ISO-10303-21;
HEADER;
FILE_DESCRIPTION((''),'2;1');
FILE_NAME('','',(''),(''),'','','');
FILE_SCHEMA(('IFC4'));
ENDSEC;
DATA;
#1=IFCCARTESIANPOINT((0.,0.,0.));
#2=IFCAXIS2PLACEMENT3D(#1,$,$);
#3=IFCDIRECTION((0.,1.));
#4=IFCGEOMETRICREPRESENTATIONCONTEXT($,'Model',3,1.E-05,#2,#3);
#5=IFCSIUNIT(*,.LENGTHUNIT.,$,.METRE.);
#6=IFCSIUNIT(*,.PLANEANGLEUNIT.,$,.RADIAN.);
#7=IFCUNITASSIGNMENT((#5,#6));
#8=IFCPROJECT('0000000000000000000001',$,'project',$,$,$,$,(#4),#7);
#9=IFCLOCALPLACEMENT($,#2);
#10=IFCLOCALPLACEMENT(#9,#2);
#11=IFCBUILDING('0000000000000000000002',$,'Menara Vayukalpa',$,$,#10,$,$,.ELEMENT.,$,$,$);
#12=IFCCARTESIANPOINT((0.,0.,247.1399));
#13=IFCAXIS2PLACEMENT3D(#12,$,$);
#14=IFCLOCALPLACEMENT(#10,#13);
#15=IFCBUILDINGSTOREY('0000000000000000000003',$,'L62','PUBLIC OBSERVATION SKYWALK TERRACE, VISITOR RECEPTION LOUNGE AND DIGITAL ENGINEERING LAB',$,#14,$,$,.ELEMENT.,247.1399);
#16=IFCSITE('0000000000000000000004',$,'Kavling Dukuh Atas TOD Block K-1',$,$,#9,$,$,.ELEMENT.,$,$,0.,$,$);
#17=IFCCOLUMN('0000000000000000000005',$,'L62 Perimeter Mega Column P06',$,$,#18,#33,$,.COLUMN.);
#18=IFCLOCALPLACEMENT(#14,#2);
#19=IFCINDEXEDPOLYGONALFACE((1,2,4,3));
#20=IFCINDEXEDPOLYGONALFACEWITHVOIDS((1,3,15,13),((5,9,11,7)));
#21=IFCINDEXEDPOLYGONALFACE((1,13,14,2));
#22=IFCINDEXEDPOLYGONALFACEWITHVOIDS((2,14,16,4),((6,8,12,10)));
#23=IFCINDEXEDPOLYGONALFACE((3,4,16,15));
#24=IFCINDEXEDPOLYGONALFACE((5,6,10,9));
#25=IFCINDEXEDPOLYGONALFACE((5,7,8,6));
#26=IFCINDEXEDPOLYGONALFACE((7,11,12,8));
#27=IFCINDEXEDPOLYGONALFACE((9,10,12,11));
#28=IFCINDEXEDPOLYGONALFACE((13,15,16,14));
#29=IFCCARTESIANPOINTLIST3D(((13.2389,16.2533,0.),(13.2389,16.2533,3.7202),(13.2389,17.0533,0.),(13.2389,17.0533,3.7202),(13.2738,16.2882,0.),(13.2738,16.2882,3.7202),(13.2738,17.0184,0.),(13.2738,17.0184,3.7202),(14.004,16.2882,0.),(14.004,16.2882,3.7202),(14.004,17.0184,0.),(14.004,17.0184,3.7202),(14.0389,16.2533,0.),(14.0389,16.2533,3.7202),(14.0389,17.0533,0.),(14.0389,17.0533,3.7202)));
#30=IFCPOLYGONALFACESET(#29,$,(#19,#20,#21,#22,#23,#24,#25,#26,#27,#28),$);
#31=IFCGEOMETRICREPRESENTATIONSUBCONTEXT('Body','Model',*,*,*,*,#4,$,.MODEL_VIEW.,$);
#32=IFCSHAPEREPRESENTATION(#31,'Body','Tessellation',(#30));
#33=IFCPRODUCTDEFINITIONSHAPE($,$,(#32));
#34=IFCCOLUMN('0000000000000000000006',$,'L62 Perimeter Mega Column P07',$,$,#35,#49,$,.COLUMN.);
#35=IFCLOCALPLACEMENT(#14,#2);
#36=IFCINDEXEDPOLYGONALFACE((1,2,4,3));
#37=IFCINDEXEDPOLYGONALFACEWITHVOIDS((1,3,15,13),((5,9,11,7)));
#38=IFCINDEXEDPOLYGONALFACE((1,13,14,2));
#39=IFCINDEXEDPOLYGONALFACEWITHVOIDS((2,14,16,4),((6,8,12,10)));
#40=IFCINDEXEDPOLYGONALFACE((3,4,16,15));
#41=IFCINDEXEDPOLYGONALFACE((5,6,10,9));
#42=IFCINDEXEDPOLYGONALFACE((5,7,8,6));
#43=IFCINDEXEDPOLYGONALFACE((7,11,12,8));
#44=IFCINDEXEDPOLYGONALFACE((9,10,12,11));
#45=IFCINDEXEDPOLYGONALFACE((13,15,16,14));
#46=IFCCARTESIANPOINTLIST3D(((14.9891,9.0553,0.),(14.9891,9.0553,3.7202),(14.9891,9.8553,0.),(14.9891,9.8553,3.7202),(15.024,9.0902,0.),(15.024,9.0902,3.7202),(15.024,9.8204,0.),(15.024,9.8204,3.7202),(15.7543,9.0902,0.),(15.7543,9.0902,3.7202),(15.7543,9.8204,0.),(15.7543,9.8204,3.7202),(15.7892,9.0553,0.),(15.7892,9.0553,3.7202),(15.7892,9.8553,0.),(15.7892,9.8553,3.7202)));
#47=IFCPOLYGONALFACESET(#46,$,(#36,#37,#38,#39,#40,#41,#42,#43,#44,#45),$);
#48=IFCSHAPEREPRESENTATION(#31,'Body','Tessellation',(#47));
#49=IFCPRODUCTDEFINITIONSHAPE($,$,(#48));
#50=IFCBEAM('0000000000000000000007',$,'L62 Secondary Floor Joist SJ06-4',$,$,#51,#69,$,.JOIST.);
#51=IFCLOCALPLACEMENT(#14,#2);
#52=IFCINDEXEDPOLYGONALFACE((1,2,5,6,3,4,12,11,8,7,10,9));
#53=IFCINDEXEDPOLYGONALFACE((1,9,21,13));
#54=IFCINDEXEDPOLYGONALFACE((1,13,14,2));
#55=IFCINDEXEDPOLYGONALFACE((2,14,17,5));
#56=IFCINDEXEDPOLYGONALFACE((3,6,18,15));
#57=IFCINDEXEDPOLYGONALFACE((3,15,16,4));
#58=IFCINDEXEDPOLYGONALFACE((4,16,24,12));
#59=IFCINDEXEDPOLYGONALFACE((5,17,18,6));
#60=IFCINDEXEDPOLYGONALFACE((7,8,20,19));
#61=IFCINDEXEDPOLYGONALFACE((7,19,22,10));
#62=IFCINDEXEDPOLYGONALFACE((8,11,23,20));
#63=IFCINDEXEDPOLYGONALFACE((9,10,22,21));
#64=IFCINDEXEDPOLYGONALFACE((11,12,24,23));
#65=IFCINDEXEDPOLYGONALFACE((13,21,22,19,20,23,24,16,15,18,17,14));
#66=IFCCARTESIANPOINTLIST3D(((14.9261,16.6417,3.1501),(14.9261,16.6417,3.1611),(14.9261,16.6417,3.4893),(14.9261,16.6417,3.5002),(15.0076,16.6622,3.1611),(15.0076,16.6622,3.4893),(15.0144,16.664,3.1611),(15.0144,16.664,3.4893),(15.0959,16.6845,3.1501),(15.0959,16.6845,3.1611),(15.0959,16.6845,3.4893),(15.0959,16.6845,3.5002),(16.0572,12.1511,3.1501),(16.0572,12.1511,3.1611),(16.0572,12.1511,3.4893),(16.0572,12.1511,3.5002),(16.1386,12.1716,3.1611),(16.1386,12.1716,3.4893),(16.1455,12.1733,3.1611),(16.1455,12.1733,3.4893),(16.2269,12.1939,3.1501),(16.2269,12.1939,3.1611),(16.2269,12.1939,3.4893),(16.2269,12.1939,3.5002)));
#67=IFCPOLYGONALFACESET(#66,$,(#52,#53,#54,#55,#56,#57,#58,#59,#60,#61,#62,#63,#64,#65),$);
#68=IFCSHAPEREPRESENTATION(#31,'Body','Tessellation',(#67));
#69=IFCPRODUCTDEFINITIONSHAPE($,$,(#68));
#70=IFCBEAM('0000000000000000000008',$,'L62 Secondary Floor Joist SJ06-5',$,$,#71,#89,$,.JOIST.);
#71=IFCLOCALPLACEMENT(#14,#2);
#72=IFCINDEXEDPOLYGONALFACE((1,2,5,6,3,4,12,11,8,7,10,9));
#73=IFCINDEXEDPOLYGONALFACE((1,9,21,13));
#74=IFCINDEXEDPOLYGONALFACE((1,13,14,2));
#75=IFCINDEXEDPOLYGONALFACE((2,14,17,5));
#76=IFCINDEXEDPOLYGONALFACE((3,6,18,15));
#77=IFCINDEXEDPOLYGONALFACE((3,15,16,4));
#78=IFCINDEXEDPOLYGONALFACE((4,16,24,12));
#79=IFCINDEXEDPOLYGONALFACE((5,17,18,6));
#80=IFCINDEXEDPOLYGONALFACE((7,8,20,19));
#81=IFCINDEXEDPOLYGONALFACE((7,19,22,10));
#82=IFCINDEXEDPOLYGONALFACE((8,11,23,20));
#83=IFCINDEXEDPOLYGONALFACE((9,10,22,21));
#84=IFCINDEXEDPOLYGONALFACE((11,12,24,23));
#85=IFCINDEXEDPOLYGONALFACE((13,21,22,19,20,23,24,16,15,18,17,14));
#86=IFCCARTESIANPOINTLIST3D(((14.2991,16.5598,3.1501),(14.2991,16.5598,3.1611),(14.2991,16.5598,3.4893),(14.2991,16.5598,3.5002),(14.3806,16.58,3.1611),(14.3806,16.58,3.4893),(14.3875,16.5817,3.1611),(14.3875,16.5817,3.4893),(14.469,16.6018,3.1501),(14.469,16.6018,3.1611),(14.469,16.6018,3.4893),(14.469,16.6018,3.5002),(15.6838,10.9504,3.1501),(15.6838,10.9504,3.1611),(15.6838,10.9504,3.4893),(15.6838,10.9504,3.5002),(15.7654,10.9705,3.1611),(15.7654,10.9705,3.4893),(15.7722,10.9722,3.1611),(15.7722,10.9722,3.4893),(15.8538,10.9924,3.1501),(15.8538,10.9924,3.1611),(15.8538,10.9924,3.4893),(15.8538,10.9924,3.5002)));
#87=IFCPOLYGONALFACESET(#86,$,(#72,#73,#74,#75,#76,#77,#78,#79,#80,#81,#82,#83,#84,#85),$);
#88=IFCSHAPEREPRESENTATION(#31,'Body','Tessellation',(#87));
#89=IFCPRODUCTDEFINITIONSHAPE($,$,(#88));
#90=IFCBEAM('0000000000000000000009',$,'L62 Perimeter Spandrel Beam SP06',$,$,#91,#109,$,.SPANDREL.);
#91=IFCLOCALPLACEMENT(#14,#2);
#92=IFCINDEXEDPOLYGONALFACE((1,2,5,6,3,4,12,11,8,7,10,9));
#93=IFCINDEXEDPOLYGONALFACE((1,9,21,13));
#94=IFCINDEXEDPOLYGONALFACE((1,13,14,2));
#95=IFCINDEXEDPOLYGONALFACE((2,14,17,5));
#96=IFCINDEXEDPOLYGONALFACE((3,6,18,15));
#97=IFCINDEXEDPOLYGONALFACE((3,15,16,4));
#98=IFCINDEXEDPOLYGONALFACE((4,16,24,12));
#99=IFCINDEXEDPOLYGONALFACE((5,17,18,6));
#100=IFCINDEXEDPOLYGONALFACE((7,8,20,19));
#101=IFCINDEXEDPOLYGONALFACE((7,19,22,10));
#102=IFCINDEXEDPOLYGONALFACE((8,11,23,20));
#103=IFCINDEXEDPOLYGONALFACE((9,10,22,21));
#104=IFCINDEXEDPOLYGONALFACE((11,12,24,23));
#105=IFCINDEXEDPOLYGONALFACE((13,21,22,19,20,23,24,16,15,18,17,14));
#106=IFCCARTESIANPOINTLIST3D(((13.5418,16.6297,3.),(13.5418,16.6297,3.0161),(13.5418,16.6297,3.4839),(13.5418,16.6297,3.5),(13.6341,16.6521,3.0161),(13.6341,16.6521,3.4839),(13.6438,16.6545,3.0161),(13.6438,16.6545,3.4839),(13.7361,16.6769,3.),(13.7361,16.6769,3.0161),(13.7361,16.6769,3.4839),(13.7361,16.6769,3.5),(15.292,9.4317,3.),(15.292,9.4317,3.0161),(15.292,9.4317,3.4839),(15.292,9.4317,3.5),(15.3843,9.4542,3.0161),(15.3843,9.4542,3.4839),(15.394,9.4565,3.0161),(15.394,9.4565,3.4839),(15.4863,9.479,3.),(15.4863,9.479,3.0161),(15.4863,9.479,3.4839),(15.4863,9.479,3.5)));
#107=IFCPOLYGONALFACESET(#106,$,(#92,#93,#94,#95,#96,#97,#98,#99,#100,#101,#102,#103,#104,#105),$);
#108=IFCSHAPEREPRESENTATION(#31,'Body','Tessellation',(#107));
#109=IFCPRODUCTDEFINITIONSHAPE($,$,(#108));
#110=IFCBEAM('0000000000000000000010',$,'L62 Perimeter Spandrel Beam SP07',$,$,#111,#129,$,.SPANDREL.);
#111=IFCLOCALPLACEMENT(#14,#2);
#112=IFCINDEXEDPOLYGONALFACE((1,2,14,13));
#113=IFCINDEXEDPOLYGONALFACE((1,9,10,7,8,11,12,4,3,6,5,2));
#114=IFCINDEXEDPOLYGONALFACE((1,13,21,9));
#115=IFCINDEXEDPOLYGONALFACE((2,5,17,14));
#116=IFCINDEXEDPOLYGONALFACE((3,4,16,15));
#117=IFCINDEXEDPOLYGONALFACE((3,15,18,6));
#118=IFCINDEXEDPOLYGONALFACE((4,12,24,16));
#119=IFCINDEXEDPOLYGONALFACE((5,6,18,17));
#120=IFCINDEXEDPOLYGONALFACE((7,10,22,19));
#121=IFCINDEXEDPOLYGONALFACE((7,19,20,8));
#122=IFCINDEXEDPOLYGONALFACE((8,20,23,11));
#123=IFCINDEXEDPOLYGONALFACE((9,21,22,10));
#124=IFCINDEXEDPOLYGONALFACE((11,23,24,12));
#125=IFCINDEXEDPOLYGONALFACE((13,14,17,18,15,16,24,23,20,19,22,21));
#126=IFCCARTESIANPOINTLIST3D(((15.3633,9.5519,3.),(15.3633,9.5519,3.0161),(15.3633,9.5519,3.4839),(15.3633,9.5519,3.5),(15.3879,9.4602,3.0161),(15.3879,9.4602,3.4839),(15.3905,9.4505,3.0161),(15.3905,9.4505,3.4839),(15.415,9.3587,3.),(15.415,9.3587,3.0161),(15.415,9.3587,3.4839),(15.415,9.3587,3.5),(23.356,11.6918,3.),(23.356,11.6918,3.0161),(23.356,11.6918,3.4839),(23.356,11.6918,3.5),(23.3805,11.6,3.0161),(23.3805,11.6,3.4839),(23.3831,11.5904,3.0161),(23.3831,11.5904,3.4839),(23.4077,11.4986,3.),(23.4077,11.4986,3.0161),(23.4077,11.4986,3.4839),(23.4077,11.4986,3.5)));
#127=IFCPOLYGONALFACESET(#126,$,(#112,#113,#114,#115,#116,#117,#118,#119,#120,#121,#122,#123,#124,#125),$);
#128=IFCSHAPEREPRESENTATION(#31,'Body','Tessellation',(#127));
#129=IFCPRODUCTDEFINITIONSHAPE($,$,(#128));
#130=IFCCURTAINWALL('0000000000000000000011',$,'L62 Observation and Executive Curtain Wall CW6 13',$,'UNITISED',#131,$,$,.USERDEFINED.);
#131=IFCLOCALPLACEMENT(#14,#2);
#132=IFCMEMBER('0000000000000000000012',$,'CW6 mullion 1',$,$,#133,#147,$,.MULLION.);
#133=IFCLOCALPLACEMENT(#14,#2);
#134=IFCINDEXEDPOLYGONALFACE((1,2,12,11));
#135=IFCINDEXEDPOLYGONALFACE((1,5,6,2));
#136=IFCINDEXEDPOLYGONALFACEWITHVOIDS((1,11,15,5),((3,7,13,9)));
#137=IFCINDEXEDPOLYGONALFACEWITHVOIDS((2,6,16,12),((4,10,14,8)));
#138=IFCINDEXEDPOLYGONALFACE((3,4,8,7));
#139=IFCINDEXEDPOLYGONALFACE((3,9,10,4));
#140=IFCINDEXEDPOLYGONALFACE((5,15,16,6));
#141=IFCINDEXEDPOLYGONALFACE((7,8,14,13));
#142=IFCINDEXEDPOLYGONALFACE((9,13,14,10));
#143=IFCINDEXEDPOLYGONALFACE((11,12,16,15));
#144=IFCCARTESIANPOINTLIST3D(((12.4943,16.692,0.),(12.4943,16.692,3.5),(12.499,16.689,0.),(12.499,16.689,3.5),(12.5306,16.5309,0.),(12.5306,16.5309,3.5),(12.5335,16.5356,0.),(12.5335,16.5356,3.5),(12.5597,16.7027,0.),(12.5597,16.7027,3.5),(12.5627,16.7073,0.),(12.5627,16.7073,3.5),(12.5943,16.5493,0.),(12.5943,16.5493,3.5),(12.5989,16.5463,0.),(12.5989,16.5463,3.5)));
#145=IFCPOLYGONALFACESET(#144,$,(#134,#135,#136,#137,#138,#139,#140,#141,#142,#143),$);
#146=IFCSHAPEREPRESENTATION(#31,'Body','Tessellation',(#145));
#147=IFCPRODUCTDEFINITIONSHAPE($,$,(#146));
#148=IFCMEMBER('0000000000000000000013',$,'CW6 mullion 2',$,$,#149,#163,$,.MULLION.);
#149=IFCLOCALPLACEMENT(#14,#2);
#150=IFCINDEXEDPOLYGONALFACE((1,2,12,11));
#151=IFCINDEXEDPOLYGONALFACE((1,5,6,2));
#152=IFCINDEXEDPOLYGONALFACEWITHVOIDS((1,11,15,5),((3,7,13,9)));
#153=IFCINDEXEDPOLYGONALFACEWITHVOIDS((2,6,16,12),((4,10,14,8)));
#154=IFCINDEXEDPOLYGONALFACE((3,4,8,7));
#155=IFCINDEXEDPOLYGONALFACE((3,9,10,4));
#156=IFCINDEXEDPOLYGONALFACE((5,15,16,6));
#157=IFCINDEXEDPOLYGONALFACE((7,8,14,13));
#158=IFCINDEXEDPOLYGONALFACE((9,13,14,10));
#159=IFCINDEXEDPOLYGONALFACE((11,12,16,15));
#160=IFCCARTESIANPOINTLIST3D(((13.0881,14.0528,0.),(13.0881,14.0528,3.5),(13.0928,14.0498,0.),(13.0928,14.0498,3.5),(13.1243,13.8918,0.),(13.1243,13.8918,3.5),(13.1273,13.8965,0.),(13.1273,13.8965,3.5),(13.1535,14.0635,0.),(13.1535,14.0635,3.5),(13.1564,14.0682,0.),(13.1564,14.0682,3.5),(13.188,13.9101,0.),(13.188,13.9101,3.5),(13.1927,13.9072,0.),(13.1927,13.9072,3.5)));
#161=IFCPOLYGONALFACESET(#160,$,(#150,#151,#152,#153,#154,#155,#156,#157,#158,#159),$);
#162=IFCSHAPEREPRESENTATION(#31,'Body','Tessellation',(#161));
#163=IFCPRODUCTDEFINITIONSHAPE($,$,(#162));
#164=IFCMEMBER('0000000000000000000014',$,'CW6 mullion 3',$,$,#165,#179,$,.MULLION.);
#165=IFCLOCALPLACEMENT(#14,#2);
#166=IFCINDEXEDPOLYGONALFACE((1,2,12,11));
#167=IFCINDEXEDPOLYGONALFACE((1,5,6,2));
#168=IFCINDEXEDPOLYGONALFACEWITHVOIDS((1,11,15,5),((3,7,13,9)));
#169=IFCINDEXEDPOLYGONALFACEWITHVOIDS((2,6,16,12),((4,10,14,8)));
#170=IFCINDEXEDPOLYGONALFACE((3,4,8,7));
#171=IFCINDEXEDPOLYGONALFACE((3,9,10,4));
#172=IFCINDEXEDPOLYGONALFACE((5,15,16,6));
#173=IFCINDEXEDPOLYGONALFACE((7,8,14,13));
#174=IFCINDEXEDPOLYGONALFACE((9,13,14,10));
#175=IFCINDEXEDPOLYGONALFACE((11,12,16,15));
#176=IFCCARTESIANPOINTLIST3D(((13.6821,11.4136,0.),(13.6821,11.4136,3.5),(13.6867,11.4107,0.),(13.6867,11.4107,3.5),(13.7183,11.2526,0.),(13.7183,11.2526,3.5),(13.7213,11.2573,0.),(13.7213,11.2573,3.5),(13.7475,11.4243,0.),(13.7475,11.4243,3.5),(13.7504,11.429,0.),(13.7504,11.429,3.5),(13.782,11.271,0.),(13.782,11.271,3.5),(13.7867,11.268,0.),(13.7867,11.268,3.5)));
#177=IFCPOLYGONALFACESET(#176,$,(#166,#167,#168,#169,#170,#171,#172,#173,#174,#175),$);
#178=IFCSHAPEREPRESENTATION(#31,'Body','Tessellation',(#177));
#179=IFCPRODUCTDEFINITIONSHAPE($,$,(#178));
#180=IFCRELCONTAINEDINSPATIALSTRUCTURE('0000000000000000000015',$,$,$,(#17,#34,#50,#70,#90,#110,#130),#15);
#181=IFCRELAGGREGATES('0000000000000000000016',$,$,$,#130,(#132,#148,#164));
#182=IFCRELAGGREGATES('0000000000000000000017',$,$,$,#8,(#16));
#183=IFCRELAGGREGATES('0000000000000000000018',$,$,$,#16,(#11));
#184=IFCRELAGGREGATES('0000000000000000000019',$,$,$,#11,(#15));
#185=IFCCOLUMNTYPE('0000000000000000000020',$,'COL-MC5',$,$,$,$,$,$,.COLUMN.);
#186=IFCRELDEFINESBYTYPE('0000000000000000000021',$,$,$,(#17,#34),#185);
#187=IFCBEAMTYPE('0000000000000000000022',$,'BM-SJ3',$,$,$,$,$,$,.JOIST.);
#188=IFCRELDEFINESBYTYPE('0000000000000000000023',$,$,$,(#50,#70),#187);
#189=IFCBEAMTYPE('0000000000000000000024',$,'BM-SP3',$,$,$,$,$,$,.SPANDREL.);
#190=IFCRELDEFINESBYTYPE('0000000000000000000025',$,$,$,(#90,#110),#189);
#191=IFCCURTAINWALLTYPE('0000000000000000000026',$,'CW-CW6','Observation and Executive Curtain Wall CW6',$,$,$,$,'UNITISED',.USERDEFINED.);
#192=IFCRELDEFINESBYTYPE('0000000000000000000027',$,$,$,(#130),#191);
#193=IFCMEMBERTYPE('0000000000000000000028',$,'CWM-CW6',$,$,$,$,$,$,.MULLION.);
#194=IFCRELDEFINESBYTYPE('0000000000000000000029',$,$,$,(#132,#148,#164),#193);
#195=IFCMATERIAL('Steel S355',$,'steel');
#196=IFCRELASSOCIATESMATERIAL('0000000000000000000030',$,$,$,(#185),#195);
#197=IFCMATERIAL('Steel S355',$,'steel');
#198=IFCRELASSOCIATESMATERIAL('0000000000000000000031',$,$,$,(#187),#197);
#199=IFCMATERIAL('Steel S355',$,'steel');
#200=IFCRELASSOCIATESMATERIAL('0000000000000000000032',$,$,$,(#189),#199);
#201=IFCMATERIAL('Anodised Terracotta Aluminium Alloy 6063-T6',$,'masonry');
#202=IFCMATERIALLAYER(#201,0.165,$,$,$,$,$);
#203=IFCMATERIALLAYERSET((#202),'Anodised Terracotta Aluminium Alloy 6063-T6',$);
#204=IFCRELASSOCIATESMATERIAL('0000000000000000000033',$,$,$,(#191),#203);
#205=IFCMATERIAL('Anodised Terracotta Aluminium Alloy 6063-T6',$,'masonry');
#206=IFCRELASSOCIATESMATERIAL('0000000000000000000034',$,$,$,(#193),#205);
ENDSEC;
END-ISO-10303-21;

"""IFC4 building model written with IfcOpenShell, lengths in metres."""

from ifc_helpers import new_model, si_unit, direction, frame, origin, origin_2d, place, context, subcontext, project, spatial, hollow_rectangle, i_section, extrude, material, layer, layer_set, material_profile, profile_set, type_object, element, aggregate, save


model = new_model("IFC4")

# Units and contexts
model_context = context("Model", 3, precision=1e-05, world=origin(), true_north=direction((0.0, 1.0)))
body_context = subcontext(model_context, "Body", "Model", "MODEL_VIEW")
ifc_project = project(units=[si_unit("LENGTHUNIT", "METRE"), si_unit("PLANEANGLEUNIT", "RADIAN")], contexts=[model_context])

# Site, building, storey
site_placement = place(None, origin())
site = spatial("IfcSite", under=ifc_project, at=site_placement, Name="Kavling Dukuh Atas TOD Block K-1", CompositionType="ELEMENT", RefElevation=0.0)
building_placement = place(site_placement, origin())
building = spatial("IfcBuilding", under=site, at=building_placement, Name="Menara Vayukalpa", CompositionType="ELEMENT")
storey_placement = place(building_placement, frame((0.0, 0.0, 247.1399)))
storey = spatial("IfcBuildingStorey", under=building, at=storey_placement, Name="L62", Description="PUBLIC OBSERVATION SKYWALK TERRACE, VISITOR RECEPTION LOUNGE AND DIGITAL ENGINEERING LAB", CompositionType="ELEMENT", Elevation=247.1399)

# Columns
ifc_material_1 = material(Name="Steel S355", Category="steel")
ifc_material_profile_1 = material_profile(ifc_material_1, hollow_rectangle(XDim=0.8, YDim=0.8, WallThickness=0.0349, at=origin_2d()), Name="BOX 800x800x35")
ifc_profile_set_1 = profile_set([ifc_material_profile_1], Name="Steel S355")
column_type = type_object("IfcColumnType", Name="COL-MC5", PredefinedType="COLUMN", material=ifc_profile_set_1)
for number, where, z_axis, x_axis, name in (
    (1, (13.6389, 16.6533, 0.0), (0.0, 0.0, 1.0), (1.0, 0.0, 0.0), "L62 Perimeter Mega Column P06"),
    (2, (15.3892, 9.4553, 0.0), (0.0, 0.0, 1.0), (1.0, 0.0, 0.0), "L62 Perimeter Mega Column P07"),
):
    element("IfcColumn", number, at=place(storey_placement, frame(where, z_axis=z_axis, x_axis=x_axis)), inside=storey, type_object=column_type, Name=name, PredefinedType="COLUMN", context=body_context, shape_type="SweptSolid", body=[
        extrude(hollow_rectangle(XDim=0.8, YDim=0.8, WallThickness=0.0349, at=origin_2d()), origin(), (0.0, 0.0, 1.0), 3.7202),
    ])

# Beams
ifc_material_2 = material(Name="Steel S355", Category="steel")
ifc_material_profile_2 = material_profile(ifc_material_2, i_section(OverallWidth=0.175, OverallDepth=0.3501, WebThickness=0.0071, FlangeThickness=0.011, at=origin_2d()), Name="WF 350x175x7x11")
ifc_profile_set_2 = profile_set([ifc_material_profile_2], Name="Steel S355")
beam_type_1 = type_object("IfcBeamType", Name="BM-SJ3", PredefinedType="JOIST", material=ifc_profile_set_2)
beam_1_placement = place(storey_placement, frame((15.011, 16.6631, 3.3252), z_axis=(0.244247, -0.969713, 0.0), x_axis=(0.969713, 0.244247, 0.0)))
element("IfcBeam", 3, at=beam_1_placement, inside=storey, type_object=beam_type_1, Name="L62 Secondary Floor Joist SJ06-4", PredefinedType="JOIST", context=body_context, shape_type="SweptSolid", body=[
    extrude(i_section(OverallWidth=0.175, OverallDepth=0.3501, WebThickness=0.0071, FlangeThickness=0.011, at=origin_2d()), origin(), (0.0, 0.0, 1.0), 4.6309),
])
beam_2_placement = place(storey_placement, frame((14.384, 16.5808, 3.3252), z_axis=(0.239671, -0.970854, 0.0), x_axis=(0.970854, 0.239671, 0.0)))
element("IfcBeam", 4, at=beam_2_placement, inside=storey, type_object=beam_type_1, Name="L62 Secondary Floor Joist SJ06-5", PredefinedType="JOIST", context=body_context, shape_type="SweptSolid", body=[
    extrude(i_section(OverallWidth=0.175, OverallDepth=0.3501, WebThickness=0.0071, FlangeThickness=0.011, at=origin_2d()), origin(), (0.0, 0.0, 1.0), 5.7778),
])
ifc_material_3 = material(Name="Steel S355", Category="steel")
ifc_material_profile_3 = material_profile(ifc_material_3, i_section(OverallWidth=0.2, OverallDepth=0.5, WebThickness=0.01, FlangeThickness=0.0161, at=origin_2d()), Name="WF 500x200x10x16")
ifc_profile_set_3 = profile_set([ifc_material_profile_3], Name="Steel S355")
beam_type_2 = type_object("IfcBeamType", Name="BM-SP3", PredefinedType="SPANDREL", material=ifc_profile_set_3)
beam_3_placement = place(storey_placement, frame((13.6389, 16.6533, 3.25), z_axis=(0.236273, -0.971687, 0.0), x_axis=(0.971687, 0.236273, 0.0)))
element("IfcBeam", 5, at=beam_3_placement, inside=storey, type_object=beam_type_2, Name="L62 Perimeter Spandrel Beam SP06", PredefinedType="SPANDREL", context=body_context, shape_type="SweptSolid", body=[
    extrude(i_section(OverallWidth=0.2, OverallDepth=0.5, WebThickness=0.01, FlangeThickness=0.0161, at=origin_2d()), origin(), (0.0, 0.0, 1.0), 7.4077),
])
beam_4_placement = place(storey_placement, frame((15.3892, 9.4553, 3.25), z_axis=(0.965978, 0.258623, 0.0), x_axis=(-0.258623, 0.965978, 0.0)))
element("IfcBeam", 6, at=beam_4_placement, inside=storey, type_object=beam_type_2, Name="L62 Perimeter Spandrel Beam SP07", PredefinedType="SPANDREL", context=body_context, shape_type="SweptSolid", body=[
    extrude(i_section(OverallWidth=0.2, OverallDepth=0.5, WebThickness=0.01, FlangeThickness=0.0161, at=origin_2d()), origin(), (0.0, 0.0, 1.0), 8.2742),
])

# Curtain wall, members
ifc_material_4 = material(Name="Anodised Terracotta Aluminium Alloy 6063-T6", Category="masonry")
ifc_layer_1 = layer(ifc_material_4, 0.165)
ifc_layer_set_1 = layer_set([ifc_layer_1], Name="Anodised Terracotta Aluminium Alloy 6063-T6")
curtain_wall_type = type_object("IfcCurtainWallType", Name="CW-CW6", Description="Observation and Executive Curtain Wall CW6", ElementType="UNITISED", PredefinedType="USERDEFINED", material=ifc_layer_set_1)
curtain_wall_placement = place(storey_placement, origin())
curtain_wall = element("IfcCurtainWall", 7, at=curtain_wall_placement, inside=storey, type_object=curtain_wall_type, Name="L62 Observation and Executive Curtain Wall CW6 13", ObjectType="UNITISED", PredefinedType="USERDEFINED")
ifc_material_5 = material(Name="Anodised Terracotta Aluminium Alloy 6063-T6", Category="masonry")
ifc_material_profile_4 = material_profile(ifc_material_5, hollow_rectangle(XDim=0.0701, YDim=0.165, WallThickness=0.0039, at=origin_2d()), Name="ALU 70x165x4")
ifc_profile_set_4 = profile_set([ifc_material_profile_4], Name="Anodised Terracotta Aluminium Alloy 6063-T6")
member_type_1 = type_object("IfcMemberType", Name="CWM-CW6", PredefinedType="MULLION", material=ifc_profile_set_4)
member_1_placement = place(storey_placement, frame((12.5466, 16.6191, 0.0), z_axis=(0.0, 0.0, 1.0), x_axis=(0.975609, 0.219515, 0.0)))
member_1 = element("IfcMember", 8, at=member_1_placement, type_object=member_type_1, Name="CW6 mullion 1", PredefinedType="MULLION", context=body_context, shape_type="SweptSolid", body=[
    extrude(hollow_rectangle(XDim=0.0701, YDim=0.165, WallThickness=0.0039, at=origin_2d()), origin(), (0.0, 0.0, 1.0), 3.5),
])
member_2_placement = place(storey_placement, frame((13.1404, 13.98, 0.0), z_axis=(0.0, 0.0, 1.0), x_axis=(0.975609, 0.219515, 0.0)))
member_2 = element("IfcMember", 9, at=member_2_placement, type_object=member_type_1, Name="CW6 mullion 2", PredefinedType="MULLION", context=body_context, shape_type="SweptSolid", body=[
    extrude(hollow_rectangle(XDim=0.0701, YDim=0.165, WallThickness=0.0039, at=origin_2d()), origin(), (0.0, 0.0, 1.0), 3.5),
])
member_3_placement = place(storey_placement, frame((13.7344, 11.3408, 0.0), z_axis=(0.0, 0.0, 1.0), x_axis=(0.975609, 0.219515, 0.0)))
member_3 = element("IfcMember", 10, at=member_3_placement, type_object=member_type_1, Name="CW6 mullion 3", PredefinedType="MULLION", context=body_context, shape_type="SweptSolid", body=[
    extrude(hollow_rectangle(XDim=0.0701, YDim=0.165, WallThickness=0.0039, at=origin_2d()), origin(), (0.0, 0.0, 1.0), 3.5),
])
aggregate(curtain_wall, [member_1, member_2, member_3])

save(model, "model.ifc")
